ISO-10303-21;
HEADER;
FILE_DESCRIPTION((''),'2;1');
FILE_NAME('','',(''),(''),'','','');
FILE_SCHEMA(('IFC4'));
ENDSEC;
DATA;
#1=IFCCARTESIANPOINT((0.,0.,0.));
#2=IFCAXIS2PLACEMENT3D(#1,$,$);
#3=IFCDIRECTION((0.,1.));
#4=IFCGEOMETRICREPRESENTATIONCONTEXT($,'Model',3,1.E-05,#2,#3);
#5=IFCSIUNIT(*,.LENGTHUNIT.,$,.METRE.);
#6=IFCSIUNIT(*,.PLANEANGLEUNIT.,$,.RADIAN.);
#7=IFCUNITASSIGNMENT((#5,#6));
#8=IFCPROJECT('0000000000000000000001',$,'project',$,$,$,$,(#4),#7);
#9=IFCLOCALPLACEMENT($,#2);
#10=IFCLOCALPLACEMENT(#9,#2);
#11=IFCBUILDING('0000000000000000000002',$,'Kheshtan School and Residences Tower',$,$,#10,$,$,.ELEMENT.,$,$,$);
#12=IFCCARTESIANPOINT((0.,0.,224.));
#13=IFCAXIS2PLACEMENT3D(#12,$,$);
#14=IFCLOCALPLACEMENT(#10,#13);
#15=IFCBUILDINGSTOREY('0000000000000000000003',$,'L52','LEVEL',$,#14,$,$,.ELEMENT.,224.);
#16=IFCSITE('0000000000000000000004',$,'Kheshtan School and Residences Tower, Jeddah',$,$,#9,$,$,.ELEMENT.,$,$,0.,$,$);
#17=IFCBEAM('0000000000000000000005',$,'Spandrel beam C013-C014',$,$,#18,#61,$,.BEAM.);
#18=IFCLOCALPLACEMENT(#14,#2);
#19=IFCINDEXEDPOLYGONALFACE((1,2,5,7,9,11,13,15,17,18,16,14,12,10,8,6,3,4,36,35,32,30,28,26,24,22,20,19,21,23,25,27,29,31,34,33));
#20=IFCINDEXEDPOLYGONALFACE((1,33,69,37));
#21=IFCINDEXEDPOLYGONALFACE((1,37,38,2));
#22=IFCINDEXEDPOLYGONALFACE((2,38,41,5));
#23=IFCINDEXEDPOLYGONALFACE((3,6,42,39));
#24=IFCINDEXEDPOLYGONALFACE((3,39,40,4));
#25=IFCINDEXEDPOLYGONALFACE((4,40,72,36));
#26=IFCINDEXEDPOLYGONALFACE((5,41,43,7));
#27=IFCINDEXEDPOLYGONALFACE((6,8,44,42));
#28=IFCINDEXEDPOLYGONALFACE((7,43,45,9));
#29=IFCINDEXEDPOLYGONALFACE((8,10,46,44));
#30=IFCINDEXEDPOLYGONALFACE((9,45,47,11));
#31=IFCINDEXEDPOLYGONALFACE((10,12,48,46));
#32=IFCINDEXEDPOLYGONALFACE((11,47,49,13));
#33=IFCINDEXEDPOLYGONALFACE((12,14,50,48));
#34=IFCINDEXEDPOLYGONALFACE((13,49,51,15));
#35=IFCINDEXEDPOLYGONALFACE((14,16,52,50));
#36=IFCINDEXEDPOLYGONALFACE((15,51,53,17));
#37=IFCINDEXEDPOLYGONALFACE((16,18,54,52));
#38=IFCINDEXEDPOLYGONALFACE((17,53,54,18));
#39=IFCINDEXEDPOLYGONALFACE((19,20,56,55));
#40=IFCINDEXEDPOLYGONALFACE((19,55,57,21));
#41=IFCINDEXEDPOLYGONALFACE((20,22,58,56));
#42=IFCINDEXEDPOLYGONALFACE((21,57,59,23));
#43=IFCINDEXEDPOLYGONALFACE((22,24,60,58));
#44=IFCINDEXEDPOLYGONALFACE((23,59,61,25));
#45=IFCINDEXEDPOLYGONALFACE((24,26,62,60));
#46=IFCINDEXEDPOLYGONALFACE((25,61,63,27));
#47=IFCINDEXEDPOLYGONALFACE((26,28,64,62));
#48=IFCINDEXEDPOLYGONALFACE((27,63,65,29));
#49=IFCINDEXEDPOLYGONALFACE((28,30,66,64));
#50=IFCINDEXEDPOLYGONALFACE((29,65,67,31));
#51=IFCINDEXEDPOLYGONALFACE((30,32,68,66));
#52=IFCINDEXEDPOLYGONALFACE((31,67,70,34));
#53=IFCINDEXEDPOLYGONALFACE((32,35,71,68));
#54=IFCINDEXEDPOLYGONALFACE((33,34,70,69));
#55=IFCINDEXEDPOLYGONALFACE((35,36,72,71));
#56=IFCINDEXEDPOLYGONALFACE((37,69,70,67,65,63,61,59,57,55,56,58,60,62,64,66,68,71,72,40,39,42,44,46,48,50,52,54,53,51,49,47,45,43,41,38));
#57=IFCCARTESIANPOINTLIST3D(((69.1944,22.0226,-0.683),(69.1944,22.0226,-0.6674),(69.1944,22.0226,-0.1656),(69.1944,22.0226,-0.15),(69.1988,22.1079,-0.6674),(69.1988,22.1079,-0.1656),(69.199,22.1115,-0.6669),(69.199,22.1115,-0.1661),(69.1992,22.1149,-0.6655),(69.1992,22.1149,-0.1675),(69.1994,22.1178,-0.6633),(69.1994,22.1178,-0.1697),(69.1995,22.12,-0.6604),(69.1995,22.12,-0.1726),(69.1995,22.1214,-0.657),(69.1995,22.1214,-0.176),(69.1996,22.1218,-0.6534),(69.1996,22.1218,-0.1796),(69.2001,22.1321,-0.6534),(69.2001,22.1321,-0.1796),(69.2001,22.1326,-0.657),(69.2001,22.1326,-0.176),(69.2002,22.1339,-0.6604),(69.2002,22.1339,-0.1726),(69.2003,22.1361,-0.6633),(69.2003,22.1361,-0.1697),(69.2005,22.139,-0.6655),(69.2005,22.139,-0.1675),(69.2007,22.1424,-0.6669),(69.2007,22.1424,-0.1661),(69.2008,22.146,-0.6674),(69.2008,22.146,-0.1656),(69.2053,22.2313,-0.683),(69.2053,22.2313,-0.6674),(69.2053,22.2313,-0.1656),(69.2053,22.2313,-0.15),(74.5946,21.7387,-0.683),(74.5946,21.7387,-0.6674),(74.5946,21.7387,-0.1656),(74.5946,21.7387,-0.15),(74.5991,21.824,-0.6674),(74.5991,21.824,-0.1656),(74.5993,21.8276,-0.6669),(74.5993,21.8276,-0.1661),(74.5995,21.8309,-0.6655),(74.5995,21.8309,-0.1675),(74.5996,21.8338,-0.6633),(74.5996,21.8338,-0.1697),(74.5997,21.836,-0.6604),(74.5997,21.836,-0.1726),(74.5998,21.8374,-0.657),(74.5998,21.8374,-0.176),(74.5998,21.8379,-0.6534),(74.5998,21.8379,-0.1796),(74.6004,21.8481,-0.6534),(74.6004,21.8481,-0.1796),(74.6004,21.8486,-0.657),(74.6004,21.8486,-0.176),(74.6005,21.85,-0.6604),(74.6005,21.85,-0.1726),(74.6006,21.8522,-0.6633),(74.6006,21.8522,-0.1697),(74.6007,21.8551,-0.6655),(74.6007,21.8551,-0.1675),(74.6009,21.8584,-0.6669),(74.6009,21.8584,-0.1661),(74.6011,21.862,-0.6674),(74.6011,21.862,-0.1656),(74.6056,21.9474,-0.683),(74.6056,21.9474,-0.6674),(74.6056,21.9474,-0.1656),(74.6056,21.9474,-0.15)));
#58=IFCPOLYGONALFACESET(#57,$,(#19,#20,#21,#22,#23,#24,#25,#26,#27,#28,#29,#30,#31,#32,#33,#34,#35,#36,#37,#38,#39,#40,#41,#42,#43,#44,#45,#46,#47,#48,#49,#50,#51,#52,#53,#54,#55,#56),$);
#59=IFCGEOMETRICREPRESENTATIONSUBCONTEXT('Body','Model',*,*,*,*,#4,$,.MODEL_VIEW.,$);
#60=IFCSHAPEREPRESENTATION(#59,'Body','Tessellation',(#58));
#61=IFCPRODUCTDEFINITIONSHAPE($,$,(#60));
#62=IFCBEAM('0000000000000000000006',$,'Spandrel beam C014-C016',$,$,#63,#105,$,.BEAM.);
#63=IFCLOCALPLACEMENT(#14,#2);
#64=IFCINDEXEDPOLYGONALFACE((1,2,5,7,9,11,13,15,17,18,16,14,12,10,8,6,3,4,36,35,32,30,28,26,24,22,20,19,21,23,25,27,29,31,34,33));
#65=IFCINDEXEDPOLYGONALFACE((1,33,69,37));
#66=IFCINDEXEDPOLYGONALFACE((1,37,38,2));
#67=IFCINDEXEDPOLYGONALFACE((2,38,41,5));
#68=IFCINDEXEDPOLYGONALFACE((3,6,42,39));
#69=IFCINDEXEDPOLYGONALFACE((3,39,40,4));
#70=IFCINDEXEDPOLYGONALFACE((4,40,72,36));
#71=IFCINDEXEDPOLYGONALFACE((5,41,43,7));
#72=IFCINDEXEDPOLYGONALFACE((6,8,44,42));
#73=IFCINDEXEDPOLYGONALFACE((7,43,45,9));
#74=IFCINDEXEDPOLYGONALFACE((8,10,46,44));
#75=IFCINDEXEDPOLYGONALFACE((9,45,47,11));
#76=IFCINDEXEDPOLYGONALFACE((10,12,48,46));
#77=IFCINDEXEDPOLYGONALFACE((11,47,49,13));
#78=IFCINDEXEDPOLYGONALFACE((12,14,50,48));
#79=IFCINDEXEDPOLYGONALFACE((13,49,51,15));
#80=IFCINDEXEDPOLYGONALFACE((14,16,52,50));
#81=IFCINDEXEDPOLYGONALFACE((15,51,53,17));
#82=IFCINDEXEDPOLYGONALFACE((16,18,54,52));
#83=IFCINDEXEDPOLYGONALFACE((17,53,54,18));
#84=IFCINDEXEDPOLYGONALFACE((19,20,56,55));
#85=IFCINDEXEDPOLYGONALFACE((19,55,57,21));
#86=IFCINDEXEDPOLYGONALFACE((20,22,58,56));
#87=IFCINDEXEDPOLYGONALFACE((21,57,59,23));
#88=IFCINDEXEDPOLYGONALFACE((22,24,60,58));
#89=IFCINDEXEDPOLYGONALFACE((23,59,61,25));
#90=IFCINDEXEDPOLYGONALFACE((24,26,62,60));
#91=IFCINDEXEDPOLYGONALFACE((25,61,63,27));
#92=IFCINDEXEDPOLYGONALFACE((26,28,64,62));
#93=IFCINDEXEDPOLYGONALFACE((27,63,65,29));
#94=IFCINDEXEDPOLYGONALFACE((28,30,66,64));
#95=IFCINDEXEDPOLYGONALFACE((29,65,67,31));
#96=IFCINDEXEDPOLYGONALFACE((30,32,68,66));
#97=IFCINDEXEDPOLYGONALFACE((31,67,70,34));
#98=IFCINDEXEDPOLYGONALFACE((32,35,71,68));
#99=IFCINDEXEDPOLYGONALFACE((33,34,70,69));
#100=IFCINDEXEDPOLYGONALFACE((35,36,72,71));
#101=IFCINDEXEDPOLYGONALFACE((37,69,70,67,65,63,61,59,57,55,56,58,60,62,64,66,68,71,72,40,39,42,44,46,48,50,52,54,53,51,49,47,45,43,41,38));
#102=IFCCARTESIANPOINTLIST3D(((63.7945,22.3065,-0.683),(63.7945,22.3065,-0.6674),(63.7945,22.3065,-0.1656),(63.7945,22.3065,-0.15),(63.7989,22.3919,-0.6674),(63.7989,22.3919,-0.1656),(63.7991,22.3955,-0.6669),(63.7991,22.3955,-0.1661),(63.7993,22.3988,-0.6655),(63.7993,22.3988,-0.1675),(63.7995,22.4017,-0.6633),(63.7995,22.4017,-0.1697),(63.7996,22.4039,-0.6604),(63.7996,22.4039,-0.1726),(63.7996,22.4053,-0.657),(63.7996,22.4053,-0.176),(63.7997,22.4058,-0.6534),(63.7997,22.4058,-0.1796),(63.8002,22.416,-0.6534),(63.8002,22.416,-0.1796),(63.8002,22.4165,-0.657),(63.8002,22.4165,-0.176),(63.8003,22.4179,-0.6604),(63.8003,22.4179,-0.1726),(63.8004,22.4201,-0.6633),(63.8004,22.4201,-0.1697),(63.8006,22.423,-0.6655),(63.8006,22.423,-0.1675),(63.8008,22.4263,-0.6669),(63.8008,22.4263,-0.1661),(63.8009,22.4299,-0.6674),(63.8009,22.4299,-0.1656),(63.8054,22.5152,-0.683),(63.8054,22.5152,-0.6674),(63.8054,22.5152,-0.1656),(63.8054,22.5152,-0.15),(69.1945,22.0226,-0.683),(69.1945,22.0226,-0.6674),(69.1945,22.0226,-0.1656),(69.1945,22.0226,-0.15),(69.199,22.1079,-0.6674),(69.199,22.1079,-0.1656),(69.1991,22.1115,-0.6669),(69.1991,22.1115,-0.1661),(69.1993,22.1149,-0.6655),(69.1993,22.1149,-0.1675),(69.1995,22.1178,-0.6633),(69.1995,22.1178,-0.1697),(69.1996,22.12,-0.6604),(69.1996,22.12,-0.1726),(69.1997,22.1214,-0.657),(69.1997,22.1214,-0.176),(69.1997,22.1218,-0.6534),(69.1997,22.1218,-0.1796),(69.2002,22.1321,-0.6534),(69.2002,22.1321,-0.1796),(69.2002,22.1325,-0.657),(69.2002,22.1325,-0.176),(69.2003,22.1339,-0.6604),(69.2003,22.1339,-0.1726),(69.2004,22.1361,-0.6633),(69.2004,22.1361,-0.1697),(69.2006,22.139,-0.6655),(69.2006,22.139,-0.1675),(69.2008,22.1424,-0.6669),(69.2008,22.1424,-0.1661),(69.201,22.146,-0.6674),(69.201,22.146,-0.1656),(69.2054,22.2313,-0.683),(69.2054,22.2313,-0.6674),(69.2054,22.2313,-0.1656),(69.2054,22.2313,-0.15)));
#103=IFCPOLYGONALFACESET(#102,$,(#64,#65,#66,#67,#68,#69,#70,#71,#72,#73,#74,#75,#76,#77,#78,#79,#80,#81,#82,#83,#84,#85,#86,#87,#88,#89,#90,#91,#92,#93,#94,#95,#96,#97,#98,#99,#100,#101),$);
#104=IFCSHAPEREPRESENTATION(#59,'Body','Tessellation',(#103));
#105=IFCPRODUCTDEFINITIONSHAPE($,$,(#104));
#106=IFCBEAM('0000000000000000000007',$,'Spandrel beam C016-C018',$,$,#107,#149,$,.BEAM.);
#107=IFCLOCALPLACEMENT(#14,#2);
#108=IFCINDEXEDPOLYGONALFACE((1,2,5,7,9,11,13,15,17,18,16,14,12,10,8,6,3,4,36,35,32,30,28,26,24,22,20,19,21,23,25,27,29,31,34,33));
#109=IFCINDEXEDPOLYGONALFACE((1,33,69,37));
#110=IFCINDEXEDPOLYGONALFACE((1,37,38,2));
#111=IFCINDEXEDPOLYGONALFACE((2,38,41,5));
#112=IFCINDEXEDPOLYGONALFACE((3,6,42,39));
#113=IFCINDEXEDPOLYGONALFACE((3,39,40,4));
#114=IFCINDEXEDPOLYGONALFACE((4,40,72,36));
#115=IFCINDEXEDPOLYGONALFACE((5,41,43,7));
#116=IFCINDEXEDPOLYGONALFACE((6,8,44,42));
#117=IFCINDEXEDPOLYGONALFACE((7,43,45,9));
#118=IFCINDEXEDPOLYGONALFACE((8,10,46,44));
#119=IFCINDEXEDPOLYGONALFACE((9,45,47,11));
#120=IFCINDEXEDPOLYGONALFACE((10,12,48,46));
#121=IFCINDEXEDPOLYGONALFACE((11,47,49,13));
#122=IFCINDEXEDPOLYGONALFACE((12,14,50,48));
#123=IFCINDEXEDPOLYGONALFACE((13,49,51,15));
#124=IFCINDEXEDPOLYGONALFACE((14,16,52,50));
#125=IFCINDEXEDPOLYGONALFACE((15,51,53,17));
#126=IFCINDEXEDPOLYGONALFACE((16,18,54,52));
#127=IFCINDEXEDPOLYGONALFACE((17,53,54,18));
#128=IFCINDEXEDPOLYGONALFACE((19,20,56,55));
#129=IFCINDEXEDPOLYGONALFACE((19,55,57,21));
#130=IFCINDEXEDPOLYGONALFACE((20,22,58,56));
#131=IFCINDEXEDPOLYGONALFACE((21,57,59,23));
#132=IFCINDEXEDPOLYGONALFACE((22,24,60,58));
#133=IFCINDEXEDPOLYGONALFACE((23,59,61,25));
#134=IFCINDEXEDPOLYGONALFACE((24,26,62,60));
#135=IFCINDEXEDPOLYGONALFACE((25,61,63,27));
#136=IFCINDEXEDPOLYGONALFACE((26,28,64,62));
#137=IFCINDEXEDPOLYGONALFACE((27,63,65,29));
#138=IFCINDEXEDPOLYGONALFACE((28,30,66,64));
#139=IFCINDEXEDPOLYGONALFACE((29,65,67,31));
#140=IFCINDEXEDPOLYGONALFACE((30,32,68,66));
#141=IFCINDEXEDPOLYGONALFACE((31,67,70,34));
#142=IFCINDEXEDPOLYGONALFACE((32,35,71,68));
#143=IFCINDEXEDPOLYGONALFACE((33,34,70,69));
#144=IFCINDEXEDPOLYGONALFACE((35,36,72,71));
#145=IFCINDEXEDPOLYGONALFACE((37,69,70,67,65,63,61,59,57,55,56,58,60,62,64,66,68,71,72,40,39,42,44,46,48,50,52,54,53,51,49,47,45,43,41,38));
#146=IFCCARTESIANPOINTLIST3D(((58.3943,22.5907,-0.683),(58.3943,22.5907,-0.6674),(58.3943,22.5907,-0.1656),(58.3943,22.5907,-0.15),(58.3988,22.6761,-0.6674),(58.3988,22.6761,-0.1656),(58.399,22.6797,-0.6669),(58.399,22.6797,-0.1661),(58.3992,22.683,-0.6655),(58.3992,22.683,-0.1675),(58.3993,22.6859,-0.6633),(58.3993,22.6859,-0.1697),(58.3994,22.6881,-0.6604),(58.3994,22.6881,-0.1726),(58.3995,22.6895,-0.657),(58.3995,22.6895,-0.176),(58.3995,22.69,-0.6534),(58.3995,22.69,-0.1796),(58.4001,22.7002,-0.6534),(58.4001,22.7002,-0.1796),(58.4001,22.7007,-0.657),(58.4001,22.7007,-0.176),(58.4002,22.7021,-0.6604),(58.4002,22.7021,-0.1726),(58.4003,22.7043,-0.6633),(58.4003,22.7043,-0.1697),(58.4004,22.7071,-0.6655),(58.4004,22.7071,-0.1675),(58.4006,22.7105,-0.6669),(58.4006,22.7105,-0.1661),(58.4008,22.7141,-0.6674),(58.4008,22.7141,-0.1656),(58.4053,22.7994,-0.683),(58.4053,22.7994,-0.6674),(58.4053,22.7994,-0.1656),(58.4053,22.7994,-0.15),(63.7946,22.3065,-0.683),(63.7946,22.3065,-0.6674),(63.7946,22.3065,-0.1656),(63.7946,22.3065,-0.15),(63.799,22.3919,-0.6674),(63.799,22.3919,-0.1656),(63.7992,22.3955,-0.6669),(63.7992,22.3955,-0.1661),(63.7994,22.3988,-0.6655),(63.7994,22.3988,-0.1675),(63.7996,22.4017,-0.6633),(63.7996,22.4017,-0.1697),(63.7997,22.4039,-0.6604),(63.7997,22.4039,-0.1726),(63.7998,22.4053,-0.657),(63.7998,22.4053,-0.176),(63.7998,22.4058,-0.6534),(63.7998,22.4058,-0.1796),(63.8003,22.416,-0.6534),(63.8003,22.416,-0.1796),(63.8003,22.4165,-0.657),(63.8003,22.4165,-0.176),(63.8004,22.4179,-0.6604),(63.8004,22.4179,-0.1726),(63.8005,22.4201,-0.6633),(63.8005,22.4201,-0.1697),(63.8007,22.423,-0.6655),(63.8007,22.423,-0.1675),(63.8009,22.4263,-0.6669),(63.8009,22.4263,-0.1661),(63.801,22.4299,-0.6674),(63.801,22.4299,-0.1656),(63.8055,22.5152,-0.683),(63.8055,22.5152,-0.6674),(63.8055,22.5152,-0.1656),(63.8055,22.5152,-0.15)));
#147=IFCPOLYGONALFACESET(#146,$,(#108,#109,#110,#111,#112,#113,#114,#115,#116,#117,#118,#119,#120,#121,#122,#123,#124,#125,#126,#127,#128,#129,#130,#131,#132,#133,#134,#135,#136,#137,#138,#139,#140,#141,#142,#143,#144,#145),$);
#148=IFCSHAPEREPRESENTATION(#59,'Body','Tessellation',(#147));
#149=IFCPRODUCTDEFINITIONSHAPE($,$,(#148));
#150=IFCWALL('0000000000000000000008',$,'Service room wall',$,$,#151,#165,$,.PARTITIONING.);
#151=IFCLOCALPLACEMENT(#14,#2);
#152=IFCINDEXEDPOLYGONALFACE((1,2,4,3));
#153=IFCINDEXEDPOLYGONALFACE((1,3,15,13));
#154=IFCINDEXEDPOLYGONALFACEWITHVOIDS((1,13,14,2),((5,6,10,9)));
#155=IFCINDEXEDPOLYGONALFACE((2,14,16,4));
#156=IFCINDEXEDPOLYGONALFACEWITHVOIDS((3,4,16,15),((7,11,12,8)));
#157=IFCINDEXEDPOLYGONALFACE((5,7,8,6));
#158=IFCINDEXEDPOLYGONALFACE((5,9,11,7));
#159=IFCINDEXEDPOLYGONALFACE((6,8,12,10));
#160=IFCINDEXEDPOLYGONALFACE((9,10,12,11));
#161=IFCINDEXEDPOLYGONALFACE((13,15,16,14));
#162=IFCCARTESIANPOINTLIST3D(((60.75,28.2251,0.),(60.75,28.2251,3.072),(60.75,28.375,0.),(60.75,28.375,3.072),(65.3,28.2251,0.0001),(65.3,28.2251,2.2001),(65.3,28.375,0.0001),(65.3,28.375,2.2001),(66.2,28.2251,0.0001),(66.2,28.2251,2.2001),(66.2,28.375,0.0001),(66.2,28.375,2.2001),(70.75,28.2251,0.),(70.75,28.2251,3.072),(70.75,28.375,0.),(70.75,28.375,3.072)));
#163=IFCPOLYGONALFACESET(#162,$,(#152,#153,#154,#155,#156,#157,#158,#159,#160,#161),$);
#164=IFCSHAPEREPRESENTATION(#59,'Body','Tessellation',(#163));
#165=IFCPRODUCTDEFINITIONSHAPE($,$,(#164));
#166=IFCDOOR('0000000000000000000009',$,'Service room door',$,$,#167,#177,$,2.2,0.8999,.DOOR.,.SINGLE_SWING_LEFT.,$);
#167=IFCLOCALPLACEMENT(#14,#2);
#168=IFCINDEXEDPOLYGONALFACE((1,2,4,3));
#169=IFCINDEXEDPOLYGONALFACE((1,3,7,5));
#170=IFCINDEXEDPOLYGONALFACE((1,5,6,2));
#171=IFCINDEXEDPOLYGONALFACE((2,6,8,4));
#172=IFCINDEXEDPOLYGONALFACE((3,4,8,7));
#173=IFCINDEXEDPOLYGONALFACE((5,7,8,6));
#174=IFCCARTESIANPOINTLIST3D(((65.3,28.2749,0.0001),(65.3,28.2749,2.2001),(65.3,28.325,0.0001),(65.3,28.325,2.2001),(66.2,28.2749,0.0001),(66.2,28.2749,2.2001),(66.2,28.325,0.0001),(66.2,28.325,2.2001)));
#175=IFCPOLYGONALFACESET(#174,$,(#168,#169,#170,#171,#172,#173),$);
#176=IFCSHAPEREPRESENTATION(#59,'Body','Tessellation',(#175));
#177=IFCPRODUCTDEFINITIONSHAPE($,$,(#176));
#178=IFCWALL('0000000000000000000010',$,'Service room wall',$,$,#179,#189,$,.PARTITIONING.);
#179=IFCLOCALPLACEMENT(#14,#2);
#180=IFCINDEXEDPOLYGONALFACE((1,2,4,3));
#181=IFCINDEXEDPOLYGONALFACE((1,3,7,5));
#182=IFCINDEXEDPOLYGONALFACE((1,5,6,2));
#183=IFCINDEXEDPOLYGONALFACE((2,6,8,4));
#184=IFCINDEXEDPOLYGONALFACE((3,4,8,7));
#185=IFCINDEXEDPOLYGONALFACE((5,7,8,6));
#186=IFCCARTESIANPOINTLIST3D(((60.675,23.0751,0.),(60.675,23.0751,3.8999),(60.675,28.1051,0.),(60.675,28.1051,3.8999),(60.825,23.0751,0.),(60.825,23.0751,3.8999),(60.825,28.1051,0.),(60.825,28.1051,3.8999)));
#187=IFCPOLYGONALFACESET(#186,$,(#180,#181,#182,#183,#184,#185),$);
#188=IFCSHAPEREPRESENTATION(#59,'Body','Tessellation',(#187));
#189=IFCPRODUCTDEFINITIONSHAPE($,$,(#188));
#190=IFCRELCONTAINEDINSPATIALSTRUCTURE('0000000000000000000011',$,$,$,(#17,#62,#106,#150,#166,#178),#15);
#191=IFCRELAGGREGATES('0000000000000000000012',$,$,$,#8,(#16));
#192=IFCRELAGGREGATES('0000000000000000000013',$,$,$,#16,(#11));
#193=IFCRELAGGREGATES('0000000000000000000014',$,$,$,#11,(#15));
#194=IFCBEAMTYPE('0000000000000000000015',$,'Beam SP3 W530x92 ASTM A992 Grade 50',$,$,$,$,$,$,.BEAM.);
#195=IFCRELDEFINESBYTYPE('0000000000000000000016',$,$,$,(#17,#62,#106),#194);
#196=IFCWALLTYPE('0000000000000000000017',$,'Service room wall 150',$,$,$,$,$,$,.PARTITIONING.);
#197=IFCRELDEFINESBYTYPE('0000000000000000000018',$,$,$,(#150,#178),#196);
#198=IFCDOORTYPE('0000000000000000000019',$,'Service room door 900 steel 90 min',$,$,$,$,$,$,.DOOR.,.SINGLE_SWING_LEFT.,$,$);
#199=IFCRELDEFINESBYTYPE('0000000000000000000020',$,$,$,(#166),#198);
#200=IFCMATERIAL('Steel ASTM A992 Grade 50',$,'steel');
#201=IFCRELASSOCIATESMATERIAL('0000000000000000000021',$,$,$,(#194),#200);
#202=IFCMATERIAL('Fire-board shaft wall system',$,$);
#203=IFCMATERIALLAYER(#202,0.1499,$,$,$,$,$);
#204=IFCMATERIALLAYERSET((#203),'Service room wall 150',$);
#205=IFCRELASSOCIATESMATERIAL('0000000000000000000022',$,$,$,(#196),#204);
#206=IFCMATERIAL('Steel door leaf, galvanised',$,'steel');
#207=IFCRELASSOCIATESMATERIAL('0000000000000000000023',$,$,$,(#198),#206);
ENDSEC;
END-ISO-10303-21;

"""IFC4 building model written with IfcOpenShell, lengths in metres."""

from ifc_helpers import new_model, si_unit, direction, frame, frame_2d, origin, origin_2d, place, context, subcontext, project, spatial, rectangle, i_section, extrude, source, transform, mapped, material, layer, layer_set, material_profile, profile_set, type_object, element, fill, save


model = new_model("IFC4")

# Units and contexts
model_context = context("Model", 3, precision=1e-05, world=origin(), true_north=direction((0.0, 1.0)))
body_context = subcontext(model_context, "Body", "Model", "MODEL_VIEW")
ifc_project = project(units=[si_unit("LENGTHUNIT", "METRE"), si_unit("PLANEANGLEUNIT", "RADIAN")], contexts=[model_context])

# Site, building, storey
site_placement = place(None, origin())
site = spatial("IfcSite", under=ifc_project, at=site_placement, Name="Kheshtan School and Residences Tower, Jeddah", CompositionType="ELEMENT", RefElevation=0.0)
building_placement = place(site_placement, origin())
building = spatial("IfcBuilding", under=site, at=building_placement, Name="Kheshtan School and Residences Tower", CompositionType="ELEMENT")
storey_placement = place(building_placement, frame((0.0, 0.0, 224.0)))
storey = spatial("IfcBuildingStorey", under=building, at=storey_placement, Name="L52", Description="LEVEL", CompositionType="ELEMENT", Elevation=224.0)

# Shared definitions
ifc_material_1 = material(Name="Steel ASTM A992 Grade 50", Category="steel")

# Beams
ifc_material_profile_1 = material_profile(ifc_material_1, i_section(OverallWidth=0.209, OverallDepth=0.533, WebThickness=0.0103, FlangeThickness=0.0156, FilletRadius=0.0139, at=origin_2d()), Name="W530x92")
ifc_profile_set_1 = profile_set([ifc_material_profile_1], Name="Steel ASTM A992 Grade 50")
beam_type_1 = type_object("IfcBeamType", Name="Beam SP3 W530x92 ASTM A992 Grade 50", PredefinedType="BEAM", material=ifc_profile_set_1)
beam_1_placement = place(storey_placement, frame((74.6001, 21.843, -0.4165), z_axis=(-0.998621, 0.052507, 0.0), x_axis=(-0.052507, -0.998621, 0.0)))
element("IfcBeam", 1, at=beam_1_placement, inside=storey, type_object=beam_type_1, Name="Spandrel beam C013-C014", PredefinedType="BEAM", context=body_context, shape_type="SweptSolid", body=[
    extrude(i_section(OverallWidth=0.209, OverallDepth=0.533, WebThickness=0.0103, FlangeThickness=0.0156, FilletRadius=0.0139, at=origin_2d()), origin(), (0.0, 0.0, 1.0), 5.4077),
])
beam_2_placement = place(storey_placement, frame((69.2, 22.127, -0.4165), z_axis=(-0.99862, 0.052509, 0.0), x_axis=(-0.052509, -0.99862, 0.0)))
element("IfcBeam", 2, at=beam_2_placement, inside=storey, type_object=beam_type_1, Name="Spandrel beam C014-C016", PredefinedType="BEAM", context=body_context, shape_type="SweptSolid", body=[
    extrude(i_section(OverallWidth=0.209, OverallDepth=0.533, WebThickness=0.0103, FlangeThickness=0.0156, FilletRadius=0.0139, at=origin_2d()), origin(), (0.0, 0.0, 1.0), 5.4075),
])
beam_3_placement = place(storey_placement, frame((63.8, 22.4109, -0.4165), z_axis=(-0.998618, 0.052552, 0.0), x_axis=(-0.052552, -0.998618, 0.0)))
element("IfcBeam", 3, at=beam_3_placement, inside=storey, type_object=beam_type_1, Name="Spandrel beam C016-C018", PredefinedType="BEAM", context=body_context, shape_type="SweptSolid", body=[
    extrude(i_section(OverallWidth=0.209, OverallDepth=0.533, WebThickness=0.0103, FlangeThickness=0.0156, FilletRadius=0.0139, at=origin_2d()), origin(), (0.0, 0.0, 1.0), 5.4077),
])

# Wall, opening, door
ifc_material_2 = material(Name="Fire-board shaft wall system")
ifc_layer_1 = layer(ifc_material_2, 0.1499)
ifc_layer_set_1 = layer_set([ifc_layer_1], Name="Service room wall 150")
wall_type_1 = type_object("IfcWallType", Name="Service room wall 150", PredefinedType="PARTITIONING", material=ifc_layer_set_1)
wall_1_placement = place(storey_placement, frame((60.75, 28.3, 0.0), z_axis=(0.0, 0.0, 1.0), x_axis=(1.0, 0.0, 0.0)))
wall_1 = element("IfcWall", 4, at=wall_1_placement, inside=storey, type_object=wall_type_1, Name="Service room wall", PredefinedType="PARTITIONING", context=body_context, shape_type="SweptSolid", body=[
    extrude(rectangle(XDim=10.0, YDim=0.1499, at=frame_2d((5.0, 0.0))), origin(), (0.0, 0.0, 1.0), 3.072),
])
opening_1_placement = place(wall_1_placement, frame((4.55, 0.0, 0.0)))
opening_1 = element("IfcOpeningElement", 5, at=opening_1_placement, cuts=wall_1, PredefinedType="OPENING", context=body_context, shape_type="SweptSolid", body=[
    extrude(rectangle(XDim=0.8999, YDim=2.2, at=frame_2d((0.45, 1.1001))), frame((0.0, 0.085, 0.0), z_axis=(0.0, -1.0, 0.0), x_axis=(1.0, 0.0, 0.0)), (0.0, 0.0, 1.0), 0.1699),
])
ifc_material_3 = material(Name="Steel door leaf, galvanised", Category="steel")
door_type_1 = type_object("IfcDoorType", Name="Service room door 900 steel 90 min", OperationType="SINGLE_SWING_LEFT", PredefinedType="DOOR", material=ifc_material_3)
shared_shape_1 = source(origin(), body_context, "Body", "SweptSolid", [
    extrude(rectangle(XDim=0.8999, YDim=2.2, at=frame_2d((0.45, 1.1001))), frame((0.0, 0.0249, 0.0), z_axis=(0.0, -1.0, 0.0), x_axis=(1.0, 0.0, 0.0)), (0.0, 0.0, 1.0), 0.05),
])
door_1_placement = place(opening_1_placement, origin())
door_1 = element("IfcDoor", 6, at=door_1_placement, inside=storey, type_object=door_type_1, Name="Service room door", OperationType="SINGLE_SWING_LEFT", OverallHeight=2.2, OverallWidth=0.8999, PredefinedType="DOOR", context=body_context, shape_type="MappedRepresentation", body=[
    mapped(shared_shape_1, transform((0.0, 0.0, 0.0), x_axis=(1.0, 0.0, 0.0), y_axis=(0.0, 1.0, 0.0), z_axis=(0.0, 0.0, 1.0), scale=1.0)),
])
fill(opening_1, door_1)

# Wall
wall_2_placement = place(storey_placement, frame((60.75, 23.075, 0.0), z_axis=(0.0, 0.0, 1.0), x_axis=(0.0, 1.0, 0.0)))
element("IfcWall", 7, at=wall_2_placement, inside=storey, type_object=wall_type_1, Name="Service room wall", PredefinedType="PARTITIONING", context=body_context, shape_type="SweptSolid", body=[
    extrude(rectangle(XDim=5.03, YDim=0.1499, at=frame_2d((2.5151, 0.0))), origin(), (0.0, 0.0, 1.0), 3.8999),
])

save(model, "model.ifc")
